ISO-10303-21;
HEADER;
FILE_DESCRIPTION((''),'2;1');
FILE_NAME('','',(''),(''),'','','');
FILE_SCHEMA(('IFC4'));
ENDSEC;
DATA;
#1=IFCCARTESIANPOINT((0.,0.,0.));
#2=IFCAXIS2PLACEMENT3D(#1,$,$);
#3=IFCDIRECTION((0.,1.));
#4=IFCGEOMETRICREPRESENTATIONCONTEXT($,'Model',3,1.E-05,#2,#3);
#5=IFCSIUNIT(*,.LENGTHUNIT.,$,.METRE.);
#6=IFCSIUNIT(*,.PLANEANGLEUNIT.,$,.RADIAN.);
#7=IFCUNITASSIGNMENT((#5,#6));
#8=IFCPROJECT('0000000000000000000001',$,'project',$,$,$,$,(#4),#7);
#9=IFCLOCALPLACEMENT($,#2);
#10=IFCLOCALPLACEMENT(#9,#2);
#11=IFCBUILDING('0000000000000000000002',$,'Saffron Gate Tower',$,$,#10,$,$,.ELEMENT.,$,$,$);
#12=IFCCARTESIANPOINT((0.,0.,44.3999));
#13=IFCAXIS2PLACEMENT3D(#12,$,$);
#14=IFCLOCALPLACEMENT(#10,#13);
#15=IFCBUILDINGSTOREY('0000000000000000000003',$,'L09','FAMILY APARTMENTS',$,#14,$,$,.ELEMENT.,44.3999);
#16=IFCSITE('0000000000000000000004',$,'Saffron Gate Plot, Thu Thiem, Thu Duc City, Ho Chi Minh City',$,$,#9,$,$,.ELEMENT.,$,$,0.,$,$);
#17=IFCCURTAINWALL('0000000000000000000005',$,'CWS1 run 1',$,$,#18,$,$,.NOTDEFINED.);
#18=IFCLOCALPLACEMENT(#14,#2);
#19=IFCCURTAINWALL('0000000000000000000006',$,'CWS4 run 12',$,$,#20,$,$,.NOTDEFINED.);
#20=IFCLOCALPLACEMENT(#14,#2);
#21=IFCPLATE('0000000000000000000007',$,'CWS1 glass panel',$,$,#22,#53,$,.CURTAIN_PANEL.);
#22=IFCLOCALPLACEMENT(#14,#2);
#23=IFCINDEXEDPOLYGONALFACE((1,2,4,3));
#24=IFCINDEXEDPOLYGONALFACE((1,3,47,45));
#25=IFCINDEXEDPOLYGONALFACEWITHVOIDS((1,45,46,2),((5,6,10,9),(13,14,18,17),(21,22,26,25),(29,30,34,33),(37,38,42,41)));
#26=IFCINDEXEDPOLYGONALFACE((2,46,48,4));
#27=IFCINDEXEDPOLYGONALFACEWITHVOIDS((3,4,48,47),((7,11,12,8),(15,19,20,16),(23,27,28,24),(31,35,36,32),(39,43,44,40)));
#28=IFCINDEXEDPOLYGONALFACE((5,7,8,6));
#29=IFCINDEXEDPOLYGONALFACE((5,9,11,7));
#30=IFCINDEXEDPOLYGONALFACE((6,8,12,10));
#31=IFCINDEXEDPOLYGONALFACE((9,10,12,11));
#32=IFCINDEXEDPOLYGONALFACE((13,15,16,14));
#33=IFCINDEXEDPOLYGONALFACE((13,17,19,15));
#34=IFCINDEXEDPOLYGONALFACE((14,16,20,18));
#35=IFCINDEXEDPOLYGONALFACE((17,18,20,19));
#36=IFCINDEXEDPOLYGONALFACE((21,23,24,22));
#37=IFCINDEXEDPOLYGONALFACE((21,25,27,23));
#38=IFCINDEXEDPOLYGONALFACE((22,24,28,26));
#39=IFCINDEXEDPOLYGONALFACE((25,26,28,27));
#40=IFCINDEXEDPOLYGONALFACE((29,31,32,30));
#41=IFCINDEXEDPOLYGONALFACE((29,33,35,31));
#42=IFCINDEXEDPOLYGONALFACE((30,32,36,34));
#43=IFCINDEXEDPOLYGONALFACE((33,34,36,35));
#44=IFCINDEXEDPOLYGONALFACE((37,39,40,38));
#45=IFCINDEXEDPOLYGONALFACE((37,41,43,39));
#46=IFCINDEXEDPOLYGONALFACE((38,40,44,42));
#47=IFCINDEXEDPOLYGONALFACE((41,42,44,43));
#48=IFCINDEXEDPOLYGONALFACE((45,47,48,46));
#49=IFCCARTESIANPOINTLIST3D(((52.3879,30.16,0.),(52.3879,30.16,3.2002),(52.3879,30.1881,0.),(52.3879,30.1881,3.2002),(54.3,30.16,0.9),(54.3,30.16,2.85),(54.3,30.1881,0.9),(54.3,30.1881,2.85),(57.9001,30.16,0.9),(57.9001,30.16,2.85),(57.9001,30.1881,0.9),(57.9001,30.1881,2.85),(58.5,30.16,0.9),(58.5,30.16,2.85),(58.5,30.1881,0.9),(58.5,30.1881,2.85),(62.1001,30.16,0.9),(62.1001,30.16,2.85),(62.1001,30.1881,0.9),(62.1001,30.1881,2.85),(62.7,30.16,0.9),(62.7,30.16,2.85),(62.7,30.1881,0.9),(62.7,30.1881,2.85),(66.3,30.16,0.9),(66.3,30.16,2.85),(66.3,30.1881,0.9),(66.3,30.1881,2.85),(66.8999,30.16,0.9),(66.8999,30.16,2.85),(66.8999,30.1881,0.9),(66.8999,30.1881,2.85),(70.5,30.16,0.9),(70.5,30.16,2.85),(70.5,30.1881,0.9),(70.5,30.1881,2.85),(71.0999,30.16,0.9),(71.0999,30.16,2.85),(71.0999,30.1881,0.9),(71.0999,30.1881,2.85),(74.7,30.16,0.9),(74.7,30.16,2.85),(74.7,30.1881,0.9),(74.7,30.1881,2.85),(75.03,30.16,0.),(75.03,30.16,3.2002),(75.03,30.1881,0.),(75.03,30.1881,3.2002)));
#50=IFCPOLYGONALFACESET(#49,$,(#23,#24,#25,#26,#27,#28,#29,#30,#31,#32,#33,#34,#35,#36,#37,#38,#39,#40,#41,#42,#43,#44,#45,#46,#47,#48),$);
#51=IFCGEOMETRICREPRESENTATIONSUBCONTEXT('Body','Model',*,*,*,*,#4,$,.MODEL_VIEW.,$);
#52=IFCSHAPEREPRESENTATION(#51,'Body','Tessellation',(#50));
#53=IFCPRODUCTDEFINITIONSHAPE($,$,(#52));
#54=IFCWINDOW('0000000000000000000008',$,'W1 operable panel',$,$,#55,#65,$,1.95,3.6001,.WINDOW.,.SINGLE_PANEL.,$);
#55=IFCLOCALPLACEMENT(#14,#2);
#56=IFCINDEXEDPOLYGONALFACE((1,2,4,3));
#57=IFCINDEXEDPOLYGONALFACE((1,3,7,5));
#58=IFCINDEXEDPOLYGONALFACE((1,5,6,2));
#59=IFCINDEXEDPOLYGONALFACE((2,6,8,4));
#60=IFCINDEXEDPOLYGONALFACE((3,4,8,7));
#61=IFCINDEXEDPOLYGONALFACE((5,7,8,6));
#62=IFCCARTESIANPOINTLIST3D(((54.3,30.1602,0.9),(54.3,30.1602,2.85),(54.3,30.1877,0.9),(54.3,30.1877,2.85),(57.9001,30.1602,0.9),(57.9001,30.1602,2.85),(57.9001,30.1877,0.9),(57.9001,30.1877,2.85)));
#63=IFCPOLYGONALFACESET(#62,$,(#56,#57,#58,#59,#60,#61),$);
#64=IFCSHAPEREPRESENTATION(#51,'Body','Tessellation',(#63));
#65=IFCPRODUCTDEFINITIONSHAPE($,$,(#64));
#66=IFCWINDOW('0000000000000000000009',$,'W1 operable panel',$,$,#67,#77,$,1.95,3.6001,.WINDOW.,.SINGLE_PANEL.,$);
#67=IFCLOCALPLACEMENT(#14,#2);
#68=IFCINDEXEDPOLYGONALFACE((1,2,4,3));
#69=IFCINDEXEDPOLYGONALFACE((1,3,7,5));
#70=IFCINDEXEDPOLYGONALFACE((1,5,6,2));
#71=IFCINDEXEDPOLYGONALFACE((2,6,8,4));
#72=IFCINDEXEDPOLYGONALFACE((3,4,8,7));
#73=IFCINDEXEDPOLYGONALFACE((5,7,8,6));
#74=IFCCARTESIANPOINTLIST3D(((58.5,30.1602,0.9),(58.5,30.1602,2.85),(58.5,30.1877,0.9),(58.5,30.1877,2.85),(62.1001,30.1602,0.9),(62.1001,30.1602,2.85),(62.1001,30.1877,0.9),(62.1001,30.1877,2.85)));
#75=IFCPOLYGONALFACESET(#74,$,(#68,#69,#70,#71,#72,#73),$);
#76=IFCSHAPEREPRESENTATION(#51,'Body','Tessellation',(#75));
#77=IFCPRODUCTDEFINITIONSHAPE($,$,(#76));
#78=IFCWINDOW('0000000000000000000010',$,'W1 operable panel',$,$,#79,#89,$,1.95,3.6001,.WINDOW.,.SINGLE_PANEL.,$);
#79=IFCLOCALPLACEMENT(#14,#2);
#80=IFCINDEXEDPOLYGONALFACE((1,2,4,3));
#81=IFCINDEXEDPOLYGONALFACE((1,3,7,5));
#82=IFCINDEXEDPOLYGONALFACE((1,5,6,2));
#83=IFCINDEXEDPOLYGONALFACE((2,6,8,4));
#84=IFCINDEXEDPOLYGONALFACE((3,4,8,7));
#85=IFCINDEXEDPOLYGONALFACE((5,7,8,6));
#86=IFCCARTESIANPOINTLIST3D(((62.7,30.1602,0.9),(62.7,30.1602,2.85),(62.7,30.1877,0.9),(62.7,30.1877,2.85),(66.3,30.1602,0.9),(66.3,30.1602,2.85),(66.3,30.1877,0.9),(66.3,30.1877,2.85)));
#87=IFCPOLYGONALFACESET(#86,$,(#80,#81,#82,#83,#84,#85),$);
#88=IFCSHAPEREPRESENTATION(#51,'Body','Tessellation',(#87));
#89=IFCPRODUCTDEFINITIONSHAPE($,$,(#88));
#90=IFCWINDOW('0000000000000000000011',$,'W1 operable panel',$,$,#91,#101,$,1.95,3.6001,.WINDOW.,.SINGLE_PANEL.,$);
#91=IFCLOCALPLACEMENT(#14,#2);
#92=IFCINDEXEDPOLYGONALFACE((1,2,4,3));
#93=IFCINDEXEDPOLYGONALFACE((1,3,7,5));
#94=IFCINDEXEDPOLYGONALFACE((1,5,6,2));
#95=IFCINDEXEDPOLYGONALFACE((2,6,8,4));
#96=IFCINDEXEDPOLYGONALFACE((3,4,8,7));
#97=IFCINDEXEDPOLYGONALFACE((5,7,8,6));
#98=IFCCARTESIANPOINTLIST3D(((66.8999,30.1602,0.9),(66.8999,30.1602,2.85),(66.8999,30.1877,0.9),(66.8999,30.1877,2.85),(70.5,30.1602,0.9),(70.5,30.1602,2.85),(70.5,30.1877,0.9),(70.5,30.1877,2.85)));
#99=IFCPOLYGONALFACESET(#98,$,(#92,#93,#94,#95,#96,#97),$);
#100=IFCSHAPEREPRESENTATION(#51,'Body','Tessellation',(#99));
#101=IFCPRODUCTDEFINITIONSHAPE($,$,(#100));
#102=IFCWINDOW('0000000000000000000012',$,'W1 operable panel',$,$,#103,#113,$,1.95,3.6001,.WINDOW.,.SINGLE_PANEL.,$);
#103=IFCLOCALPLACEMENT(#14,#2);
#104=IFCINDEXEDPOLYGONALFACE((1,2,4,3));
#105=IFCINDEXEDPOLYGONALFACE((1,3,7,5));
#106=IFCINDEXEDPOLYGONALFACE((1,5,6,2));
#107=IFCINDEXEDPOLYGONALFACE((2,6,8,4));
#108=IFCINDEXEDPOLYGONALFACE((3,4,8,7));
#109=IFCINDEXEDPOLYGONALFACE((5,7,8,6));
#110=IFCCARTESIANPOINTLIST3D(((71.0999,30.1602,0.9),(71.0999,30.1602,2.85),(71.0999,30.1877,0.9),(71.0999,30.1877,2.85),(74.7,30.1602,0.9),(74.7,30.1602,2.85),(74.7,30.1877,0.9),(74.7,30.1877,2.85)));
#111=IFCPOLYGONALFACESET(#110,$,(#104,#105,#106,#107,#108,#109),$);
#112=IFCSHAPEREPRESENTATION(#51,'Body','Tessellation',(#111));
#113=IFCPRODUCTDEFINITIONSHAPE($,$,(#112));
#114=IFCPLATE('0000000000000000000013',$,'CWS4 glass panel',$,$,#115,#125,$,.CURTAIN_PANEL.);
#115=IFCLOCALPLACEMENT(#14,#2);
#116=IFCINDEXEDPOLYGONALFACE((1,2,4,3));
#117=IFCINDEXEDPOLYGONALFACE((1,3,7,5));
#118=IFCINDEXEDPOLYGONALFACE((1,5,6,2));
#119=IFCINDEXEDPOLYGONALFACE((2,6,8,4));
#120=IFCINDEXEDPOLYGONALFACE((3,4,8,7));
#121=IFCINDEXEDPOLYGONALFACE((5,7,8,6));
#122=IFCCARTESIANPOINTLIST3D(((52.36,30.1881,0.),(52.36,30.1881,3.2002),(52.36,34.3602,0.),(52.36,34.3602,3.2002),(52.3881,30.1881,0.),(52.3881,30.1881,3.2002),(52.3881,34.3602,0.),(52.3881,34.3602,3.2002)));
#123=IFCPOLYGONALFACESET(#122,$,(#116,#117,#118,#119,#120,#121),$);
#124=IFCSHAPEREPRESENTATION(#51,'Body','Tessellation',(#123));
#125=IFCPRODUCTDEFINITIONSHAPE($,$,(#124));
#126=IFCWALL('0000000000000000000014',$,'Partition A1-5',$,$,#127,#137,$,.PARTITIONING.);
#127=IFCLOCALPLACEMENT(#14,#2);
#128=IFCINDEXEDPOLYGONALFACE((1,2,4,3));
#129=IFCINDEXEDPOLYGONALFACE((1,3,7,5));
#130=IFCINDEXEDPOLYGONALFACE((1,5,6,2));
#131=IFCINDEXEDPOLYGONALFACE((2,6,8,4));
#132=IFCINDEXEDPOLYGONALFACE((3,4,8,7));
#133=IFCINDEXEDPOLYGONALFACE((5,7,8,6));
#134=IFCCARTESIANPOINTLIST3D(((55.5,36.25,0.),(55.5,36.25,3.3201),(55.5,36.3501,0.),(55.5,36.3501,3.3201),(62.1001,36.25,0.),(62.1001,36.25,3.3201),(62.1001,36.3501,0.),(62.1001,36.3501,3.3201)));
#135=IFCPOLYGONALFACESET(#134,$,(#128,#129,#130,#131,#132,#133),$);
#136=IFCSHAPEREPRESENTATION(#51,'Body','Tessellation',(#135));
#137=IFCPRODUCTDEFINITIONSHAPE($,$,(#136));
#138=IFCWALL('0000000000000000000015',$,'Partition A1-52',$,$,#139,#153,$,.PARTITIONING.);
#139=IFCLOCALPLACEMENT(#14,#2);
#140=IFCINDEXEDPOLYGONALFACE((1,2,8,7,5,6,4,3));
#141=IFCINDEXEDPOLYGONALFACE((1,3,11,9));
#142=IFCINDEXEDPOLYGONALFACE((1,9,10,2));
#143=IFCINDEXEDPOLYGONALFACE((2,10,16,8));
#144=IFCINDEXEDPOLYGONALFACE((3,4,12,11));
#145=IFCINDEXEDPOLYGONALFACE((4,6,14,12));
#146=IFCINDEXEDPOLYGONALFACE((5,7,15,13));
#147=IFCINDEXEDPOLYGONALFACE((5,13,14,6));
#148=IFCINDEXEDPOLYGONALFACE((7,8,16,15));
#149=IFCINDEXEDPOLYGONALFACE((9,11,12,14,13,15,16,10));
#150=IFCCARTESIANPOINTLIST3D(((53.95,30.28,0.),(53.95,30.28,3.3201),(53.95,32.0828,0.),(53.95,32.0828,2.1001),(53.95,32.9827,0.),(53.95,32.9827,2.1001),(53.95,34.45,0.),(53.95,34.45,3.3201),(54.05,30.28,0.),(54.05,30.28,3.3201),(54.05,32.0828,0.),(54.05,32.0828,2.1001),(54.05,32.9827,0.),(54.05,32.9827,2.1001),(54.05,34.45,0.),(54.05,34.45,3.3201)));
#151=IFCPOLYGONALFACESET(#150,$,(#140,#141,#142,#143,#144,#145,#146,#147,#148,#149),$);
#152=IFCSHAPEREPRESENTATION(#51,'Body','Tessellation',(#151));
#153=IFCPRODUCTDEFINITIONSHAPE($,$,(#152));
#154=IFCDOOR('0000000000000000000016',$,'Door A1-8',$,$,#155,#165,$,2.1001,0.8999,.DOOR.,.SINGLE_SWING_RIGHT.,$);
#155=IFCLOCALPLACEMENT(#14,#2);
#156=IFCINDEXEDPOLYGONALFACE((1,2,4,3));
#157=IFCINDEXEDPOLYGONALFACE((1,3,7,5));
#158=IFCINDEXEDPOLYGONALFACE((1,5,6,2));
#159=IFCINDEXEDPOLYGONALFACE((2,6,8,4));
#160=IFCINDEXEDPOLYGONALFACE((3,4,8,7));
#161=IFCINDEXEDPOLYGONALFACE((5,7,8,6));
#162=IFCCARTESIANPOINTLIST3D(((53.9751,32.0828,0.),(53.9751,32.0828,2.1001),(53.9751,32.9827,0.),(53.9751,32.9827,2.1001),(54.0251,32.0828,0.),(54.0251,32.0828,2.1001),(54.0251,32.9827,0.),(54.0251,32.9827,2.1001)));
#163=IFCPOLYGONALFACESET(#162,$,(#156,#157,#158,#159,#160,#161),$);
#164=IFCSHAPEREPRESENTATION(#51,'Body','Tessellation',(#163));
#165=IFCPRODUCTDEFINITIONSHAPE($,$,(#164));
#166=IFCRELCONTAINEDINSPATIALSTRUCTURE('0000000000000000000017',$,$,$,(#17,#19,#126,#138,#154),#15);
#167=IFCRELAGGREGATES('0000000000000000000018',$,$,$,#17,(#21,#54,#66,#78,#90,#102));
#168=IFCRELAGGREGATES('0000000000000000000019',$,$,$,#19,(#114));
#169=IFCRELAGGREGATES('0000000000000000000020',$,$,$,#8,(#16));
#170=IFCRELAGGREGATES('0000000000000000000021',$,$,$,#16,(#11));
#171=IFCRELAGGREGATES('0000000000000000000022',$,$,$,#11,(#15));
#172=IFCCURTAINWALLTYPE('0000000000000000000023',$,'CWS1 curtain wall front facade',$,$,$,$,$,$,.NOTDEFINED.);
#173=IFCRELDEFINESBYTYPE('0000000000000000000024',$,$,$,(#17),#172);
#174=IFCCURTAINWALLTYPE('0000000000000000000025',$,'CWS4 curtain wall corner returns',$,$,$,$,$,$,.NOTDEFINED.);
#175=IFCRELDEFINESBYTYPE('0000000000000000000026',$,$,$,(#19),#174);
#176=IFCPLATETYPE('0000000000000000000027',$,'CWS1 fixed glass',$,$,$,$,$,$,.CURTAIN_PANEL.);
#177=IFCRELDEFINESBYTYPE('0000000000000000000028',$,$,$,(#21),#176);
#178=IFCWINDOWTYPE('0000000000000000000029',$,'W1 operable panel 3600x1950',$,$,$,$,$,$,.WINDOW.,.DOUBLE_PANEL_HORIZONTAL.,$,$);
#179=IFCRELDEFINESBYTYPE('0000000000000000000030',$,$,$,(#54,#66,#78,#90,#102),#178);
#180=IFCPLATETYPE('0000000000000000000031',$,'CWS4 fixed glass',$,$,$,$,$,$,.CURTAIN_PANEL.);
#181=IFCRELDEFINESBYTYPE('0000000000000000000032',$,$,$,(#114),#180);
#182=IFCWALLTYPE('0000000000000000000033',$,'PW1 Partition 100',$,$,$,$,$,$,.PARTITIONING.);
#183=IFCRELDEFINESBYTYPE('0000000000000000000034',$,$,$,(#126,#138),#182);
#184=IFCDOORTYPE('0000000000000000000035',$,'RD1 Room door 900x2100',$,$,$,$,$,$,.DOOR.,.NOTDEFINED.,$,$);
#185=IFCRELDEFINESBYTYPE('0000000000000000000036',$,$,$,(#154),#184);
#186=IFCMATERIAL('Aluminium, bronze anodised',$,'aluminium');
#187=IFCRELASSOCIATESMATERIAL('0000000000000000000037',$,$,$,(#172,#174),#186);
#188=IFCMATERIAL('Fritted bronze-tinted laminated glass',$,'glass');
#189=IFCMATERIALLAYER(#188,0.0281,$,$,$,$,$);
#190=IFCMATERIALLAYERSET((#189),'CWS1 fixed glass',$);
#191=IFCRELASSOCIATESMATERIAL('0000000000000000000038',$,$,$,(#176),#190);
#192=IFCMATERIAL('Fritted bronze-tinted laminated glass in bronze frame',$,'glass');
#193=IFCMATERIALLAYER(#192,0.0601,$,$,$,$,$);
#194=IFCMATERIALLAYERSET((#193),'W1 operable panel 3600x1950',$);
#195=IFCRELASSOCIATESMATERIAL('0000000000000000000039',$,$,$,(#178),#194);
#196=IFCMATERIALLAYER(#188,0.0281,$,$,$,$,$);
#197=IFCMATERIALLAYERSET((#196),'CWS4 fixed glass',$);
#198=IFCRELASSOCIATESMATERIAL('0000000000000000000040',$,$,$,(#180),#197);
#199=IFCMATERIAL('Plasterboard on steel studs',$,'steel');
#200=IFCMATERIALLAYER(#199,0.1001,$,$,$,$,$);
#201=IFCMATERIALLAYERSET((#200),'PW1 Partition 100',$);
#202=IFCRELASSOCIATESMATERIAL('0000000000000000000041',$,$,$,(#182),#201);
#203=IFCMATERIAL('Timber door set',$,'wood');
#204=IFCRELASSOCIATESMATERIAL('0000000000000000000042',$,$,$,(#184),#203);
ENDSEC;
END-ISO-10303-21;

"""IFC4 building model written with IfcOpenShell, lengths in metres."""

from ifc_helpers import new_model, si_unit, direction, frame, frame_2d, origin, place, context, subcontext, project, spatial, rectangle, extrude, material, layer, layer_set, type_object, element, fill, aggregate, save


model = new_model("IFC4")

# Units and contexts
model_context = context("Model", 3, precision=1e-05, world=origin(), true_north=direction((0.0, 1.0)))
body_context = subcontext(model_context, "Body", "Model", "MODEL_VIEW")
ifc_project = project(units=[si_unit("LENGTHUNIT", "METRE"), si_unit("PLANEANGLEUNIT", "RADIAN")], contexts=[model_context])

# Site, building, storey
site_placement = place(None, origin())
site = spatial("IfcSite", under=ifc_project, at=site_placement, Name="Saffron Gate Plot, Thu Thiem, Thu Duc City, Ho Chi Minh City", CompositionType="ELEMENT", RefElevation=0.0)
building_placement = place(site_placement, origin())
building = spatial("IfcBuilding", under=site, at=building_placement, Name="Saffron Gate Tower", CompositionType="ELEMENT")
storey_placement = place(building_placement, frame((0.0, 0.0, 44.3999)))
storey = spatial("IfcBuildingStorey", under=building, at=storey_placement, Name="L09", Description="FAMILY APARTMENTS", CompositionType="ELEMENT", Elevation=44.3999)

# Curtain walls
ifc_material_1 = material(Name="Aluminium, bronze anodised", Category="aluminium")
curtain_wall_type_1 = type_object("IfcCurtainWallType", Name="CWS1 curtain wall front facade", PredefinedType="NOTDEFINED", material=ifc_material_1)
curtain_wall_1_placement = place(storey_placement, origin())
curtain_wall_1 = element("IfcCurtainWall", 1, at=curtain_wall_1_placement, inside=storey, type_object=curtain_wall_type_1, Name="CWS1 run 1", PredefinedType="NOTDEFINED")
curtain_wall_type_2 = type_object("IfcCurtainWallType", Name="CWS4 curtain wall corner returns", PredefinedType="NOTDEFINED", material=ifc_material_1)
curtain_wall_2_placement = place(storey_placement, origin())
curtain_wall_2 = element("IfcCurtainWall", 2, at=curtain_wall_2_placement, inside=storey, type_object=curtain_wall_type_2, Name="CWS4 run 12", PredefinedType="NOTDEFINED")

# Plate, openings, windows
ifc_material_2 = material(Name="Fritted bronze-tinted laminated glass", Category="glass")
ifc_layer_1 = layer(ifc_material_2, 0.0281)
ifc_layer_set_1 = layer_set([ifc_layer_1], Name="CWS1 fixed glass")
plate_type_1 = type_object("IfcPlateType", Name="CWS1 fixed glass", PredefinedType="CURTAIN_PANEL", material=ifc_layer_set_1)
plate_1_placement = place(storey_placement, frame((52.3879, 30.1741, 0.0), z_axis=(0.0, 0.0, 1.0), x_axis=(1.0, 0.0, 0.0)))
plate_1 = element("IfcPlate", 3, at=plate_1_placement, type_object=plate_type_1, Name="CWS1 glass panel", PredefinedType="CURTAIN_PANEL", context=body_context, shape_type="SweptSolid", body=[
    extrude(rectangle(XDim=22.6421, YDim=0.0281, at=frame_2d((11.321, 0.0))), origin(), (0.0, 0.0, 1.0), 3.2002),
])
opening_1_placement = place(plate_1_placement, frame((1.9121, 0.0, 0.8999)))
opening_1 = element("IfcOpeningElement", 4, at=opening_1_placement, cuts=plate_1, PredefinedType="OPENING", context=body_context, shape_type="SweptSolid", body=[
    extrude(rectangle(XDim=3.6001, YDim=1.95, at=frame_2d((1.8, 0.9751))), frame((0.0, 0.0239, 0.0), z_axis=(0.0, -1.0, 0.0), x_axis=(1.0, 0.0, 0.0)), (0.0, 0.0, 1.0), 0.0481),
])
opening_2_placement = place(plate_1_placement, frame((6.1121, 0.0, 0.8999)))
opening_2 = element("IfcOpeningElement", 5, at=opening_2_placement, cuts=plate_1, PredefinedType="OPENING", context=body_context, shape_type="SweptSolid", body=[
    extrude(rectangle(XDim=3.6001, YDim=1.95, at=frame_2d((1.8, 0.9751))), frame((0.0, 0.0239, 0.0), z_axis=(0.0, -1.0, 0.0), x_axis=(1.0, 0.0, 0.0)), (0.0, 0.0, 1.0), 0.0481),
])
opening_3_placement = place(plate_1_placement, frame((10.312, 0.0, 0.8999)))
opening_3 = element("IfcOpeningElement", 6, at=opening_3_placement, cuts=plate_1, PredefinedType="OPENING", context=body_context, shape_type="SweptSolid", body=[
    extrude(rectangle(XDim=3.6001, YDim=1.95, at=frame_2d((1.8, 0.9751))), frame((0.0, 0.0239, 0.0), z_axis=(0.0, -1.0, 0.0), x_axis=(1.0, 0.0, 0.0)), (0.0, 0.0, 1.0), 0.0481),
])
opening_4_placement = place(plate_1_placement, frame((14.512, 0.0, 0.8999)))
opening_4 = element("IfcOpeningElement", 7, at=opening_4_placement, cuts=plate_1, PredefinedType="OPENING", context=body_context, shape_type="SweptSolid", body=[
    extrude(rectangle(XDim=3.6001, YDim=1.95, at=frame_2d((1.8, 0.9751))), frame((0.0, 0.0239, 0.0), z_axis=(0.0, -1.0, 0.0), x_axis=(1.0, 0.0, 0.0)), (0.0, 0.0, 1.0), 0.0481),
])
opening_5_placement = place(plate_1_placement, frame((18.7119, 0.0, 0.8999)))
opening_5 = element("IfcOpeningElement", 8, at=opening_5_placement, cuts=plate_1, PredefinedType="OPENING", context=body_context, shape_type="SweptSolid", body=[
    extrude(rectangle(XDim=3.6001, YDim=1.95, at=frame_2d((1.8, 0.9751))), frame((0.0, 0.0239, 0.0), z_axis=(0.0, -1.0, 0.0), x_axis=(1.0, 0.0, 0.0)), (0.0, 0.0, 1.0), 0.0481),
])
ifc_material_3 = material(Name="Fritted bronze-tinted laminated glass in bronze frame", Category="glass")
ifc_layer_2 = layer(ifc_material_3, 0.0601)
ifc_layer_set_2 = layer_set([ifc_layer_2], Name="W1 operable panel 3600x1950")
window_type = type_object("IfcWindowType", Name="W1 operable panel 3600x1950", PartitioningType="DOUBLE_PANEL_HORIZONTAL", PredefinedType="WINDOW", material=ifc_layer_set_2)
window_1_placement = place(opening_1_placement, origin())
window_1 = element("IfcWindow", 9, at=window_1_placement, type_object=window_type, Name="W1 operable panel", OverallHeight=1.95, OverallWidth=3.6001, PartitioningType="SINGLE_PANEL", PredefinedType="WINDOW", context=body_context, shape_type="SweptSolid", body=[
    extrude(rectangle(XDim=3.6001, YDim=1.95, at=frame_2d((1.8, 0.9751))), frame((0.0, 0.0137, 0.0), z_axis=(0.0, -1.0, 0.0), x_axis=(1.0, 0.0, 0.0)), (0.0, 0.0, 1.0), 0.0276),
])
fill(opening_1, window_1)
window_2_placement = place(opening_2_placement, origin())
window_2 = element("IfcWindow", 10, at=window_2_placement, type_object=window_type, Name="W1 operable panel", OverallHeight=1.95, OverallWidth=3.6001, PartitioningType="SINGLE_PANEL", PredefinedType="WINDOW", context=body_context, shape_type="SweptSolid", body=[
    extrude(rectangle(XDim=3.6001, YDim=1.95, at=frame_2d((1.8, 0.9751))), frame((0.0, 0.0137, 0.0), z_axis=(0.0, -1.0, 0.0), x_axis=(1.0, 0.0, 0.0)), (0.0, 0.0, 1.0), 0.0276),
])
fill(opening_2, window_2)
window_3_placement = place(opening_3_placement, origin())
window_3 = element("IfcWindow", 11, at=window_3_placement, type_object=window_type, Name="W1 operable panel", OverallHeight=1.95, OverallWidth=3.6001, PartitioningType="SINGLE_PANEL", PredefinedType="WINDOW", context=body_context, shape_type="SweptSolid", body=[
    extrude(rectangle(XDim=3.6001, YDim=1.95, at=frame_2d((1.8, 0.9751))), frame((0.0, 0.0137, 0.0), z_axis=(0.0, -1.0, 0.0), x_axis=(1.0, 0.0, 0.0)), (0.0, 0.0, 1.0), 0.0276),
])
fill(opening_3, window_3)
window_4_placement = place(opening_4_placement, origin())
window_4 = element("IfcWindow", 12, at=window_4_placement, type_object=window_type, Name="W1 operable panel", OverallHeight=1.95, OverallWidth=3.6001, PartitioningType="SINGLE_PANEL", PredefinedType="WINDOW", context=body_context, shape_type="SweptSolid", body=[
    extrude(rectangle(XDim=3.6001, YDim=1.95, at=frame_2d((1.8, 0.9751))), frame((0.0, 0.0137, 0.0), z_axis=(0.0, -1.0, 0.0), x_axis=(1.0, 0.0, 0.0)), (0.0, 0.0, 1.0), 0.0276),
])
fill(opening_4, window_4)
window_5_placement = place(opening_5_placement, origin())
window_5 = element("IfcWindow", 13, at=window_5_placement, type_object=window_type, Name="W1 operable panel", OverallHeight=1.95, OverallWidth=3.6001, PartitioningType="SINGLE_PANEL", PredefinedType="WINDOW", context=body_context, shape_type="SweptSolid", body=[
    extrude(rectangle(XDim=3.6001, YDim=1.95, at=frame_2d((1.8, 0.9751))), frame((0.0, 0.0137, 0.0), z_axis=(0.0, -1.0, 0.0), x_axis=(1.0, 0.0, 0.0)), (0.0, 0.0, 1.0), 0.0276),
])
fill(opening_5, window_5)
aggregate(curtain_wall_1, [plate_1, window_1, window_2, window_3, window_4, window_5])

# Plate
ifc_layer_3 = layer(ifc_material_2, 0.0281)
ifc_layer_set_3 = layer_set([ifc_layer_3], Name="CWS4 fixed glass")
plate_type_2 = type_object("IfcPlateType", Name="CWS4 fixed glass", PredefinedType="CURTAIN_PANEL", material=ifc_layer_set_3)
plate_2_placement = place(storey_placement, frame((52.374, 34.3601, 0.0), z_axis=(0.0, 0.0, 1.0), x_axis=(0.0, -1.0, 0.0)))
plate_2 = element("IfcPlate", 14, at=plate_2_placement, type_object=plate_type_2, Name="CWS4 glass panel", PredefinedType="CURTAIN_PANEL", context=body_context, shape_type="SweptSolid", body=[
    extrude(rectangle(XDim=4.1721, YDim=0.0281, at=frame_2d((2.0859, 0.0))), origin(), (0.0, 0.0, 1.0), 3.2002),
])
aggregate(curtain_wall_2, [plate_2])

# Wall
ifc_material_4 = material(Name="Plasterboard on steel studs", Category="steel")
ifc_layer_4 = layer(ifc_material_4, 0.1001)
ifc_layer_set_4 = layer_set([ifc_layer_4], Name="PW1 Partition 100")
wall_type = type_object("IfcWallType", Name="PW1 Partition 100", PredefinedType="PARTITIONING", material=ifc_layer_set_4)
wall_1_placement = place(storey_placement, frame((55.5, 36.3, 0.0), z_axis=(0.0, 0.0, 1.0), x_axis=(1.0, 0.0, 0.0)))
element("IfcWall", 15, at=wall_1_placement, inside=storey, type_object=wall_type, Name="Partition A1-5", PredefinedType="PARTITIONING", context=body_context, shape_type="SweptSolid", body=[
    extrude(rectangle(XDim=6.6001, YDim=0.1001, at=frame_2d((3.3, 0.0))), origin(), (0.0, 0.0, 1.0), 3.3201),
])

# Wall, opening, door
wall_2_placement = place(storey_placement, frame((54.0, 30.28, 0.0), z_axis=(0.0, 0.0, 1.0), x_axis=(0.0, 1.0, 0.0)))
wall_2 = element("IfcWall", 16, at=wall_2_placement, inside=storey, type_object=wall_type, Name="Partition A1-52", PredefinedType="PARTITIONING", context=body_context, shape_type="SweptSolid", body=[
    extrude(rectangle(XDim=4.1699, YDim=0.1001, at=frame_2d((2.085, 0.0))), origin(), (0.0, 0.0, 1.0), 3.3201),
])
opening_6_placement = place(wall_2_placement, frame((1.8027, 0.0, 0.0)))
opening_6 = element("IfcOpeningElement", 17, at=opening_6_placement, cuts=wall_2, PredefinedType="OPENING", context=body_context, shape_type="SweptSolid", body=[
    extrude(rectangle(XDim=0.8999, YDim=2.1001, at=frame_2d((0.45, 1.05))), frame((0.0, 0.0601, 0.0), z_axis=(0.0, -1.0, 0.0), x_axis=(1.0, 0.0, 0.0)), (0.0, 0.0, 1.0), 0.1201),
])
ifc_material_5 = material(Name="Timber door set", Category="wood")
door_type = type_object("IfcDoorType", Name="RD1 Room door 900x2100", OperationType="NOTDEFINED", PredefinedType="DOOR", material=ifc_material_5)
door_1_placement = place(opening_6_placement, origin())
door_1 = element("IfcDoor", 18, at=door_1_placement, inside=storey, type_object=door_type, Name="Door A1-8", OperationType="SINGLE_SWING_RIGHT", OverallHeight=2.1001, OverallWidth=0.8999, PredefinedType="DOOR", context=body_context, shape_type="SweptSolid", body=[
    extrude(rectangle(XDim=0.8999, YDim=2.1001, at=frame_2d((0.45, 1.05))), frame((0.0, 0.0249, 0.0), z_axis=(0.0, -1.0, 0.0), x_axis=(1.0, 0.0, 0.0)), (0.0, 0.0, 1.0), 0.05),
])
fill(opening_6, door_1)

save(model, "model.ifc")
